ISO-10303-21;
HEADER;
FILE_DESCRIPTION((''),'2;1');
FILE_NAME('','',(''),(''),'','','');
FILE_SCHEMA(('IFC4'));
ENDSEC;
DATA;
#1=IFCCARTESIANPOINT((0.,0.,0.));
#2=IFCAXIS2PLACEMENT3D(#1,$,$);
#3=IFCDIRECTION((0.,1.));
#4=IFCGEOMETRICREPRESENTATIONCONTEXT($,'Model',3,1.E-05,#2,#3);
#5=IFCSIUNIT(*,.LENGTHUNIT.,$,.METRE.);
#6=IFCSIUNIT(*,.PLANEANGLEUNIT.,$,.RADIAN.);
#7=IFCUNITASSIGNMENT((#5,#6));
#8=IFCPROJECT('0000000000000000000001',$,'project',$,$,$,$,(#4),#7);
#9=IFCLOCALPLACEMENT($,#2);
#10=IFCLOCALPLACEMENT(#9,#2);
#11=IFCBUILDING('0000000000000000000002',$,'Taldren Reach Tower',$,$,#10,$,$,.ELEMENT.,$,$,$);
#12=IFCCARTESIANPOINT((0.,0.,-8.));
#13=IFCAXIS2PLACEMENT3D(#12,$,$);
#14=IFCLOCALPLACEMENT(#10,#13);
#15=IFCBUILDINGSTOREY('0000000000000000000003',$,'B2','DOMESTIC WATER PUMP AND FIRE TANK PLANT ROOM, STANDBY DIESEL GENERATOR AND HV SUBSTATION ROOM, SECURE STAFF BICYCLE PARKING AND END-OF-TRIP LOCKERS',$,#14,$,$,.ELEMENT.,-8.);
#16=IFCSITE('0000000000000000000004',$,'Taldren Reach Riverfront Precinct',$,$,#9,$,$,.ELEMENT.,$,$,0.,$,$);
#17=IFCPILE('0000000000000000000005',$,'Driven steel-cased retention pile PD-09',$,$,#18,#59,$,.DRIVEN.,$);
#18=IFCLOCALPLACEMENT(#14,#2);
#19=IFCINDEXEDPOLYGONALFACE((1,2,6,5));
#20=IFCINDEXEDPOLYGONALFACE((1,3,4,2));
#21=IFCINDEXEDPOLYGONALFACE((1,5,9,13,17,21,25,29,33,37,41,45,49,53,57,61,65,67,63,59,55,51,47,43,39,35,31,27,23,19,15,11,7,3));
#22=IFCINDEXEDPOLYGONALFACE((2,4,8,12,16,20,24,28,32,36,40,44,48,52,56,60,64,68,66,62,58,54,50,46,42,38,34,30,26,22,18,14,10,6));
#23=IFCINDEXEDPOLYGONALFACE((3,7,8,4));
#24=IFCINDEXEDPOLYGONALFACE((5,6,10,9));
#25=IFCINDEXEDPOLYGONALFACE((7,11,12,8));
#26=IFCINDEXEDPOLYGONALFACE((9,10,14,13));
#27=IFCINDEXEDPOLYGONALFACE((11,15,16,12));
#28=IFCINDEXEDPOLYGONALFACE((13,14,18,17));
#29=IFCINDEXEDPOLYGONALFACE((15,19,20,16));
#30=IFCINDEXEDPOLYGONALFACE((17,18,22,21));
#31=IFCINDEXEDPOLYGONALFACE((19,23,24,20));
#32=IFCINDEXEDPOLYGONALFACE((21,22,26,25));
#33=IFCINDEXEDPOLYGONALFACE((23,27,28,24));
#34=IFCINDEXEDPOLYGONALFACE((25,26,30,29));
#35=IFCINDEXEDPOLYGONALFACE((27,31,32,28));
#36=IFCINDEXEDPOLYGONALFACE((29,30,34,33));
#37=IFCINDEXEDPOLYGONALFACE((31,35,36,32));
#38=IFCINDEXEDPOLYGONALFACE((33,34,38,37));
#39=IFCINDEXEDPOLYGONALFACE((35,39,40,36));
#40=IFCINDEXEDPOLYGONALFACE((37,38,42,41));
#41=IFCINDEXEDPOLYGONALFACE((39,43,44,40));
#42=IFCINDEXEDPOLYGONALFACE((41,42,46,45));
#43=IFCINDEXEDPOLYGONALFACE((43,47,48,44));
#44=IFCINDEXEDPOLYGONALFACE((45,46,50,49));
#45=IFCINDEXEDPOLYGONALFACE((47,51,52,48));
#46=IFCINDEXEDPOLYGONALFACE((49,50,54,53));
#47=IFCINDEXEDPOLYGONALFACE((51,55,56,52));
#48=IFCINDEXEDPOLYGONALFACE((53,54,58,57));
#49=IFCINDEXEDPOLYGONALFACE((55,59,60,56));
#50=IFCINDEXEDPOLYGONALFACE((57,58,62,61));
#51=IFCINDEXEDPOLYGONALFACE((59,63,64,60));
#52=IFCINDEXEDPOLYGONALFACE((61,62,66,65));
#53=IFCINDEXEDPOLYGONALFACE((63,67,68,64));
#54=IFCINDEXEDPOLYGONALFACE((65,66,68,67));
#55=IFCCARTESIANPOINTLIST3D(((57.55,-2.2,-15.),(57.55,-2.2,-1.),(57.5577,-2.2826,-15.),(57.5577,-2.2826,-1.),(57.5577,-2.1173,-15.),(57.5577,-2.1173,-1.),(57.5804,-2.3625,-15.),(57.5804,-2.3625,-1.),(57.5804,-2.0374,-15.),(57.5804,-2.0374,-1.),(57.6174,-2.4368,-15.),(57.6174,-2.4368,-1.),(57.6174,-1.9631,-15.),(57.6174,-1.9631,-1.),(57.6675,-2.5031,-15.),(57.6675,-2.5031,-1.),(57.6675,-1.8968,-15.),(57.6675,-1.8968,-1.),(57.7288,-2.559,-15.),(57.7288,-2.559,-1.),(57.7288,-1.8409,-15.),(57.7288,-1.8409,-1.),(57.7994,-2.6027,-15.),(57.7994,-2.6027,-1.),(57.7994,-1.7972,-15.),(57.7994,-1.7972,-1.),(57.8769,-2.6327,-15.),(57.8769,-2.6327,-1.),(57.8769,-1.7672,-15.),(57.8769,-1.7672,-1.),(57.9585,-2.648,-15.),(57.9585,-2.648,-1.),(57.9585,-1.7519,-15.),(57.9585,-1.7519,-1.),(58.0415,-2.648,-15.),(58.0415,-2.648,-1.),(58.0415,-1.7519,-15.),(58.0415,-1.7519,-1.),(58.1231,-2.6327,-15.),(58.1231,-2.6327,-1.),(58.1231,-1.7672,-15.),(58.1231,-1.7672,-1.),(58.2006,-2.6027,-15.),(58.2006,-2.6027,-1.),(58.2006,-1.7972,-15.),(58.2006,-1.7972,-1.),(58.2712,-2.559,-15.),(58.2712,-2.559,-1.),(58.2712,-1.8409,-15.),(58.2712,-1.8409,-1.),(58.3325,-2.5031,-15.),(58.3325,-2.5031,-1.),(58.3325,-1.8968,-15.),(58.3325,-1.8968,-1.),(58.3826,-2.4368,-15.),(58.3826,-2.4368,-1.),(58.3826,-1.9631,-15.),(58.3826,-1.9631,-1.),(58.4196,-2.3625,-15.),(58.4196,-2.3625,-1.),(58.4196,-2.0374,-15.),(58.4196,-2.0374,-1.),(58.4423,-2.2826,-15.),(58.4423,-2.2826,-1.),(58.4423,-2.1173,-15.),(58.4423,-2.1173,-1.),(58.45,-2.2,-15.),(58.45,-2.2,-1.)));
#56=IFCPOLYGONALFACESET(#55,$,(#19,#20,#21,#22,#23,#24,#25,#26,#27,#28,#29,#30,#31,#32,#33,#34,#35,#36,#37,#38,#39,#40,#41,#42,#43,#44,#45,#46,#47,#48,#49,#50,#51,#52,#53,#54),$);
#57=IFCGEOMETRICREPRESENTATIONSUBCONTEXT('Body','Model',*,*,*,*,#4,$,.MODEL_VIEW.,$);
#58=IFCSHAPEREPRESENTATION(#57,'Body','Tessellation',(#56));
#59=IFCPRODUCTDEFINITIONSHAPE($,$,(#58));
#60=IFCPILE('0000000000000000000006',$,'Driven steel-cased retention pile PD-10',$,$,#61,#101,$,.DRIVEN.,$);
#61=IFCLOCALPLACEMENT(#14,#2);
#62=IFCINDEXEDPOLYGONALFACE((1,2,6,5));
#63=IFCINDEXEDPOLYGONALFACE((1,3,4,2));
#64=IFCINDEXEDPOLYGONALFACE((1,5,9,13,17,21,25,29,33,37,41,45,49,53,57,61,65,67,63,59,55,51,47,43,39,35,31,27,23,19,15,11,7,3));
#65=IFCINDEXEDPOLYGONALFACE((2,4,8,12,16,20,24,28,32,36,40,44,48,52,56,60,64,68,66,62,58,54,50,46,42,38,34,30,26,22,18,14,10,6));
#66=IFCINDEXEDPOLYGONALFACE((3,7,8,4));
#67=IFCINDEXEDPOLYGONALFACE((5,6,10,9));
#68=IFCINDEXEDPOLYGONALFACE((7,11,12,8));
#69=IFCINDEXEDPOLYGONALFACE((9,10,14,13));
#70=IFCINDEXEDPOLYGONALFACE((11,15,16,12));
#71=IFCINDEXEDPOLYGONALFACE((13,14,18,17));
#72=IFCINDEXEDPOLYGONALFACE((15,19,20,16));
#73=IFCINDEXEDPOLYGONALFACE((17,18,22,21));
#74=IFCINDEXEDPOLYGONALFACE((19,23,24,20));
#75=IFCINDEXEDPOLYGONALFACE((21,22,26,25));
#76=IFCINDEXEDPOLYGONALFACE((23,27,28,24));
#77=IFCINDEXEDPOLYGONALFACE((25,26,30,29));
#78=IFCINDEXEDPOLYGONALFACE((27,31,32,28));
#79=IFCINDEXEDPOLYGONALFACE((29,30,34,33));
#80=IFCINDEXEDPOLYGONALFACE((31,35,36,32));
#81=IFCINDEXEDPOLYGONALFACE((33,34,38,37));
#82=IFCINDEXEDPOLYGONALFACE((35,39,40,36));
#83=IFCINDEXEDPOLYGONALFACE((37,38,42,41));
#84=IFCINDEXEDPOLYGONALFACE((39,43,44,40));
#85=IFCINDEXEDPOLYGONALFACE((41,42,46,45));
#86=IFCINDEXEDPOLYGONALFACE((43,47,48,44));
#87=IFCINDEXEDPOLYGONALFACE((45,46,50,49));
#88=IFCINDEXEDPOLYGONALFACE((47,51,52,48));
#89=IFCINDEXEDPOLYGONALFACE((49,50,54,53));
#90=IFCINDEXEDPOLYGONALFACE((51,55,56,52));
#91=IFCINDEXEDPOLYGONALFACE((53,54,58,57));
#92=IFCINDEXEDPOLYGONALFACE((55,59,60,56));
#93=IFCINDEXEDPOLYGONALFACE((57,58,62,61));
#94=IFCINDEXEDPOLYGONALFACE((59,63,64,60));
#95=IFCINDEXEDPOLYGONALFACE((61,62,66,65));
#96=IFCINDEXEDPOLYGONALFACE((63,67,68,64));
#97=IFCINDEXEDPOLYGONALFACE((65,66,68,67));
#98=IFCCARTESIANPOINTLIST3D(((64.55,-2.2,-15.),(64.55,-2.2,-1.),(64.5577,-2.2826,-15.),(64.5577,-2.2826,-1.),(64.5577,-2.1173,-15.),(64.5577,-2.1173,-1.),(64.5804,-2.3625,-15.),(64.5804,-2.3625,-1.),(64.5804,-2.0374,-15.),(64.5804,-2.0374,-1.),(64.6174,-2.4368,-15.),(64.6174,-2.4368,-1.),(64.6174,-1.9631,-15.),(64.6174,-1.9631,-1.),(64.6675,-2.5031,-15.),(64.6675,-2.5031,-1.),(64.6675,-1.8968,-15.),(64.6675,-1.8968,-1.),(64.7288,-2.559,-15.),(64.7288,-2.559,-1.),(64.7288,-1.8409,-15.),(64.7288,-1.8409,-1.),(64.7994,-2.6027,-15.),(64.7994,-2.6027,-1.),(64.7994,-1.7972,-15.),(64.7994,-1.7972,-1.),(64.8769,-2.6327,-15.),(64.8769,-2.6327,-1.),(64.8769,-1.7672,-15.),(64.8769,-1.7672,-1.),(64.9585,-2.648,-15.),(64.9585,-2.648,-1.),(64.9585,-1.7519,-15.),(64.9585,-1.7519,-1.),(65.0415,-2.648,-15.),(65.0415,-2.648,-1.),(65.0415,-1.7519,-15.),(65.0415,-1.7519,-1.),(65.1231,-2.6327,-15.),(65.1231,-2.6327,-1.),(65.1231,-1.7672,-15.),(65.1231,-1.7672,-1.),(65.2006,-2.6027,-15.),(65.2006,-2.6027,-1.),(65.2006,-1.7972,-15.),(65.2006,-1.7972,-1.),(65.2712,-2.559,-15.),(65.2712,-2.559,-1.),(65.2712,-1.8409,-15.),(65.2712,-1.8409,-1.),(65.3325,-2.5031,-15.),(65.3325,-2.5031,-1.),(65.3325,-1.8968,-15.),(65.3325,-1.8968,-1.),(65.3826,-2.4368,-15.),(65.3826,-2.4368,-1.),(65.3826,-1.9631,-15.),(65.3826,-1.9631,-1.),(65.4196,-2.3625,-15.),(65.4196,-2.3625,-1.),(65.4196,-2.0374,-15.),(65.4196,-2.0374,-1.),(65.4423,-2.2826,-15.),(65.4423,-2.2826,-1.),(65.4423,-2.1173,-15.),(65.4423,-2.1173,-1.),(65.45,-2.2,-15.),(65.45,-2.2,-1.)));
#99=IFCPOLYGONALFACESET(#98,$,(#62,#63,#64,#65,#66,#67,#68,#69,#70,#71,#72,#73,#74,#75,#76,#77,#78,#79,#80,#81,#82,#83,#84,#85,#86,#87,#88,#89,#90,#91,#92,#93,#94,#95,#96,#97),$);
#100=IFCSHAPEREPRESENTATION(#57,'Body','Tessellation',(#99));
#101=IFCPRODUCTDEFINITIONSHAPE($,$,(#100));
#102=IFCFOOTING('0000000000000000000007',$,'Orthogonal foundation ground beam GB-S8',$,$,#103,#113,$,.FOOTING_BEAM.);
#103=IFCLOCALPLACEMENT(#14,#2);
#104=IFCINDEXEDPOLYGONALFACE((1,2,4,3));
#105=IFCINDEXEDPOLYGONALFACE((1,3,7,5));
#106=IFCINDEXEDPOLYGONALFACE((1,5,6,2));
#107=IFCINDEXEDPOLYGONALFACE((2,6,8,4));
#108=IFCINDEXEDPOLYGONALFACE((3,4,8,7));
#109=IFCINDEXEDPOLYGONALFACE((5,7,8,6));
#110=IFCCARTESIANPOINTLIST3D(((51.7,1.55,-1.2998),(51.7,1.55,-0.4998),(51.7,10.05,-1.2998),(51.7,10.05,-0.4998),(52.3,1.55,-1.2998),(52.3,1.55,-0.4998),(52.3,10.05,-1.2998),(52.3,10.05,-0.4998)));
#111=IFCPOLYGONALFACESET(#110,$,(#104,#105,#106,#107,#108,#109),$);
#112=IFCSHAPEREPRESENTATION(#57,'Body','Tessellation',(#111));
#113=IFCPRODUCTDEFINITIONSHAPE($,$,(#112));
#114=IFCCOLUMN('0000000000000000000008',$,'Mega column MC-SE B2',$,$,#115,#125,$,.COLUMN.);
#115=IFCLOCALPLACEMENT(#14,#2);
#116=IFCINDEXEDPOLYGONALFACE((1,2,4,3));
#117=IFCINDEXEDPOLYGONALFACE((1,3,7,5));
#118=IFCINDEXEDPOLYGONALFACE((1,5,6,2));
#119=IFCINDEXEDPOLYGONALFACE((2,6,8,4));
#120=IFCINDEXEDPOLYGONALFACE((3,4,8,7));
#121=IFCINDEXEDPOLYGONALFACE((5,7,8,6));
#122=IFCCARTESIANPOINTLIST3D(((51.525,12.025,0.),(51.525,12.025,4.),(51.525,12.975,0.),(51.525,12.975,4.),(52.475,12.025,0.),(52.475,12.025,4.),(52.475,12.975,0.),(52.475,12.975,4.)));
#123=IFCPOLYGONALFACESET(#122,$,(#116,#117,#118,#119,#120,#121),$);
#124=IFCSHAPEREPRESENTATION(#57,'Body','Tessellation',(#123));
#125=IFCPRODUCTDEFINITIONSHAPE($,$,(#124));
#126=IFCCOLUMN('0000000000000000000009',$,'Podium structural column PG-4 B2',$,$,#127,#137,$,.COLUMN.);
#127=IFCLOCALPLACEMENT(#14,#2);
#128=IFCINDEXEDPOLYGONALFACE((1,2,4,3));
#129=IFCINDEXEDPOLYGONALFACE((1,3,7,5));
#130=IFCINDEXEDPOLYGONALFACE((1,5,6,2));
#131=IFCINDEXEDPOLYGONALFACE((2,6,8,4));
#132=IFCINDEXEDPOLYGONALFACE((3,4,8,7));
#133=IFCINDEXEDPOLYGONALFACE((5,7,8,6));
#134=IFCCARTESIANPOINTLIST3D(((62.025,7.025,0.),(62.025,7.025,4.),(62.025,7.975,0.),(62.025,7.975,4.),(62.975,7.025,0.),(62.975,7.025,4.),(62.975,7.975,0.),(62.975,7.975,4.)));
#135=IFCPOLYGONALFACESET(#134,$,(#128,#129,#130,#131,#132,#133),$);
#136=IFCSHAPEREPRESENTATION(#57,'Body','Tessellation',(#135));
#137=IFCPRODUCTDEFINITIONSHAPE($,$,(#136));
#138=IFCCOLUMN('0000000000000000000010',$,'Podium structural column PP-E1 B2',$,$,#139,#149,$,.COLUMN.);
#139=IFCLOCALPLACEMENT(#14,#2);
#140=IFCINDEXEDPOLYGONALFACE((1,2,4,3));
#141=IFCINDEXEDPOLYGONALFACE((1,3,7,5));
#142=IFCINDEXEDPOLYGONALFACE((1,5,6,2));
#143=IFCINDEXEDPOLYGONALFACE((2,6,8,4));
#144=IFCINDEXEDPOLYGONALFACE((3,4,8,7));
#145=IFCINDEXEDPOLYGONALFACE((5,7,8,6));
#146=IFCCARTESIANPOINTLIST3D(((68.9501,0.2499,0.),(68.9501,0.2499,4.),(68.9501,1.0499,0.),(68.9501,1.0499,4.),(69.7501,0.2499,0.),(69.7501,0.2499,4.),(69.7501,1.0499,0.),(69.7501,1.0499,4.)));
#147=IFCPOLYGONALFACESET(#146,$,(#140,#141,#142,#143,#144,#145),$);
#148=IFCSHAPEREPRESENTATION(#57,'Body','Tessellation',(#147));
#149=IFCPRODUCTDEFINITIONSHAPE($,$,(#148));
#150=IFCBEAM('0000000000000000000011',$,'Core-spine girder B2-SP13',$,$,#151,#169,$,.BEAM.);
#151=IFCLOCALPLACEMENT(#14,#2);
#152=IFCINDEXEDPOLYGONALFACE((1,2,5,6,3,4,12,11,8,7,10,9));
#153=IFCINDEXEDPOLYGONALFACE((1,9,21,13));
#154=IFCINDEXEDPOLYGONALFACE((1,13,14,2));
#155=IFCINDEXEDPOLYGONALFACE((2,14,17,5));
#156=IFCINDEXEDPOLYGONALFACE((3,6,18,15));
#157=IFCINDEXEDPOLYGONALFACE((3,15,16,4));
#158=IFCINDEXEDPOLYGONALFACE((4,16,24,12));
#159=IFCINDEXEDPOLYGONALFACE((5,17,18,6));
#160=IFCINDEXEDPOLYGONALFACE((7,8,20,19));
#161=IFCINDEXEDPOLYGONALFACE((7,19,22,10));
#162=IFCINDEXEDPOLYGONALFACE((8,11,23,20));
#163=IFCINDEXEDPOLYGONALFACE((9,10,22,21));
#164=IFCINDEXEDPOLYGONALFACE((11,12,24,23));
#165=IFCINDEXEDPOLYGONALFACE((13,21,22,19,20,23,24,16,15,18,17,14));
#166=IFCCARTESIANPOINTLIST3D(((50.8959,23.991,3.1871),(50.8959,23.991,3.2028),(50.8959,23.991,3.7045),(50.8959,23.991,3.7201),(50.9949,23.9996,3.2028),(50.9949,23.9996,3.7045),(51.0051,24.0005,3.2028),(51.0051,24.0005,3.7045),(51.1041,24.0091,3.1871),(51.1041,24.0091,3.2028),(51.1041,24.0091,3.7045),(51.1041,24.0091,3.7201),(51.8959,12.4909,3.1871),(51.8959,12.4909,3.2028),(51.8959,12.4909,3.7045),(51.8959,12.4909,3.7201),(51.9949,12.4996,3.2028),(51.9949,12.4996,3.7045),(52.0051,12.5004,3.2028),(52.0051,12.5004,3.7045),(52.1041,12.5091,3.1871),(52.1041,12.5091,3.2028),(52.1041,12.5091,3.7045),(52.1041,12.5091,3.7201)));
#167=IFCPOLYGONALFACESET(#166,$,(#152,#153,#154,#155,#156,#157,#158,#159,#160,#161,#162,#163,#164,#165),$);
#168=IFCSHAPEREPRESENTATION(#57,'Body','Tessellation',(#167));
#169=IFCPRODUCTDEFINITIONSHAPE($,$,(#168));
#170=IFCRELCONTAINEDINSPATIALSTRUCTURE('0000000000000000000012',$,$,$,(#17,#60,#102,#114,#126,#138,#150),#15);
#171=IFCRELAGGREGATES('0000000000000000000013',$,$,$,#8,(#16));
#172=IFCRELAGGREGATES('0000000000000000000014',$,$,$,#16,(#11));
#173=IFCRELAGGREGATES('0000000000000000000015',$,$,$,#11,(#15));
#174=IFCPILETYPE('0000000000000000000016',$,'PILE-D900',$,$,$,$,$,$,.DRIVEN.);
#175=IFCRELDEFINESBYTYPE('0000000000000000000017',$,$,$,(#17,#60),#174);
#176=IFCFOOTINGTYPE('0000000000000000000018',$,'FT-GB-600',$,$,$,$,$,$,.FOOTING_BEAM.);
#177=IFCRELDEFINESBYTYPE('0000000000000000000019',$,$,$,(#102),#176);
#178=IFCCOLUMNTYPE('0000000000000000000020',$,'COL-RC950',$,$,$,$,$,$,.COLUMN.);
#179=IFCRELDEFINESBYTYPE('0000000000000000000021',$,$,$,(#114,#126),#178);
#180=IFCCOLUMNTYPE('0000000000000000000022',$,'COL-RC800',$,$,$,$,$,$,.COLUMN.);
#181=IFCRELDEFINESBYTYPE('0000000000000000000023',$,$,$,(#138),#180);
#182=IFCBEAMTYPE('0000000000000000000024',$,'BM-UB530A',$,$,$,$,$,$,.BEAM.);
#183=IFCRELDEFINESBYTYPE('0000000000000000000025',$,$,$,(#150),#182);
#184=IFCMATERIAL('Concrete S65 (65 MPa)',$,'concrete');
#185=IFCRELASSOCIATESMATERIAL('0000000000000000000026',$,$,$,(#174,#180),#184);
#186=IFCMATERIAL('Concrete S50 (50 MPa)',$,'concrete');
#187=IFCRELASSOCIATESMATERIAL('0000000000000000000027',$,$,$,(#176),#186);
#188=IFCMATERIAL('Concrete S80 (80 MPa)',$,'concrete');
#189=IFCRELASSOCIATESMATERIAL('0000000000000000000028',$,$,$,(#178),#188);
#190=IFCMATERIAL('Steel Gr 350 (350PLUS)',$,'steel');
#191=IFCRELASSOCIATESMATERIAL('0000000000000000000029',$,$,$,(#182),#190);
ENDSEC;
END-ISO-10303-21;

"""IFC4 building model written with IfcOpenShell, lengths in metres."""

from ifc_helpers import new_model, si_unit, direction, frame, origin, origin_2d, place, context, subcontext, project, spatial, rectangle, circle, i_section, extrude, source, transform, mapped, material, material_profile, profile_set, type_object, element, save


model = new_model("IFC4")

# Units and contexts
model_context = context("Model", 3, precision=1e-05, world=origin(), true_north=direction((0.0, 1.0)))
body_context = subcontext(model_context, "Body", "Model", "MODEL_VIEW")
ifc_project = project(units=[si_unit("LENGTHUNIT", "METRE"), si_unit("PLANEANGLEUNIT", "RADIAN")], contexts=[model_context])

# Site, building, storey
site_placement = place(None, origin())
site = spatial("IfcSite", under=ifc_project, at=site_placement, Name="Taldren Reach Riverfront Precinct", CompositionType="ELEMENT", RefElevation=0.0)
building_placement = place(site_placement, origin())
building = spatial("IfcBuilding", under=site, at=building_placement, Name="Taldren Reach Tower", CompositionType="ELEMENT")
storey_placement = place(building_placement, frame((0.0, 0.0, -8.0)))
storey = spatial("IfcBuildingStorey", under=building, at=storey_placement, Name="B2", Description="DOMESTIC WATER PUMP AND FIRE TANK PLANT ROOM, STANDBY DIESEL GENERATOR AND HV SUBSTATION ROOM, SECURE STAFF BICYCLE PARKING AND END-OF-TRIP LOCKERS", CompositionType="ELEMENT", Elevation=-8.0)

# Shared definitions
ifc_material_1 = material(Name="Concrete S65 (65 MPa)", Category="concrete")

# Shared definitions
ifc_material_2 = material(Name="Concrete S50 (50 MPa)", Category="concrete")

# Piles
ifc_material_profile_1 = material_profile(ifc_material_1, circle(Radius=0.45, at=origin_2d()), Name="PD-900")
ifc_profile_set_1 = profile_set([ifc_material_profile_1], Name="Concrete S65 (65 MPa)")
pile_type_1 = type_object("IfcPileType", Name="PILE-D900", PredefinedType="DRIVEN", material=ifc_profile_set_1)
shared_shape_1 = source(origin(), body_context, "Body", "SweptSolid", [
    extrude(circle(Radius=0.45, at=origin_2d()), origin(), (0.0, 0.0, 1.0), 14.0),
])
for number, where, z_axis, x_axis, name in (
    (1, (58.0, -2.2, -1.0), (0.0, 0.0, -1.0), (1.0, 0.0, 0.0), "Driven steel-cased retention pile PD-09"),
    (2, (65.0, -2.2, -1.0), (0.0, 0.0, -1.0), (1.0, 0.0, 0.0), "Driven steel-cased retention pile PD-10"),
):
    element("IfcPile", number, at=place(storey_placement, frame(where, z_axis=z_axis, x_axis=x_axis)), inside=storey, type_object=pile_type_1, Name=name, PredefinedType="DRIVEN", context=body_context, shape_type="MappedRepresentation", body=[
        mapped(shared_shape_1, transform((0.0, 0.0, 0.0), scale=1.0)),
    ])

# Footing
footing_type_1 = type_object("IfcFootingType", Name="FT-GB-600", PredefinedType="FOOTING_BEAM", material=ifc_material_2)
shared_shape_2 = source(origin(), body_context, "Body", "SweptSolid", [
    extrude(rectangle(XDim=8.5, YDim=0.6001, at=origin_2d()), origin(), (0.0, 0.0, 1.0), 0.8),
])
footing_1_placement = place(storey_placement, frame((52.0, 5.8, -1.2998), z_axis=(0.0, 0.0, 1.0), x_axis=(0.0, 1.0, 0.0)))
element("IfcFooting", 3, at=footing_1_placement, inside=storey, type_object=footing_type_1, Name="Orthogonal foundation ground beam GB-S8", PredefinedType="FOOTING_BEAM", context=body_context, shape_type="MappedRepresentation", body=[
    mapped(shared_shape_2, transform((0.0, 0.0, 0.0), scale=1.0)),
])

# Columns
ifc_material_3 = material(Name="Concrete S80 (80 MPa)", Category="concrete")
ifc_material_profile_2 = material_profile(ifc_material_3, rectangle(XDim=0.95, YDim=0.95, at=origin_2d()), Name="RC-950x950")
ifc_profile_set_2 = profile_set([ifc_material_profile_2], Name="Concrete S80 (80 MPa)")
column_type_1 = type_object("IfcColumnType", Name="COL-RC950", PredefinedType="COLUMN", material=ifc_profile_set_2)
shared_shape_3 = source(origin(), body_context, "Body", "SweptSolid", [
    extrude(rectangle(XDim=0.95, YDim=0.95, at=origin_2d()), origin(), (0.0, 0.0, 1.0), 4.0),
])
for number, where, z_axis, x_axis, name in (
    (4, (52.0, 12.5, 0.0), (0.0, 0.0, 1.0), (1.0, 0.0, 0.0), "Mega column MC-SE B2"),
    (5, (62.5, 7.5, 0.0), (0.0, 0.0, 1.0), (1.0, 0.0, 0.0), "Podium structural column PG-4 B2"),
):
    element("IfcColumn", number, at=place(storey_placement, frame(where, z_axis=z_axis, x_axis=x_axis)), inside=storey, type_object=column_type_1, Name=name, PredefinedType="COLUMN", context=body_context, shape_type="MappedRepresentation", body=[
        mapped(shared_shape_3, transform((0.0, 0.0, 0.0), scale=1.0)),
    ])
ifc_material_profile_3 = material_profile(ifc_material_1, rectangle(XDim=0.8, YDim=0.8, at=origin_2d()), Name="RC-800x800")
ifc_profile_set_3 = profile_set([ifc_material_profile_3], Name="Concrete S65 (65 MPa)")
column_type_2 = type_object("IfcColumnType", Name="COL-RC800", PredefinedType="COLUMN", material=ifc_profile_set_3)
shared_shape_4 = source(origin(), body_context, "Body", "SweptSolid", [
    extrude(rectangle(XDim=0.8, YDim=0.8, at=origin_2d()), origin(), (0.0, 0.0, 1.0), 4.0),
])
column_placement = place(storey_placement, frame((69.3501, 0.6499, 0.0), z_axis=(0.0, 0.0, 1.0), x_axis=(1.0, 0.0, 0.0)))
element("IfcColumn", 6, at=column_placement, inside=storey, type_object=column_type_2, Name="Podium structural column PP-E1 B2", PredefinedType="COLUMN", context=body_context, shape_type="MappedRepresentation", body=[
    mapped(shared_shape_4, transform((0.0, 0.0, 0.0), scale=1.0)),
])

# Beam
ifc_material_4 = material(Name="Steel Gr 350 (350PLUS)", Category="steel")
ifc_material_profile_4 = material_profile(ifc_material_4, i_section(OverallWidth=0.209, OverallDepth=0.533, WebThickness=0.0103, FlangeThickness=0.0156, at=origin_2d()), Name="530UB92.4")
ifc_profile_set_4 = profile_set([ifc_material_profile_4], Name="Steel Gr 350 (350PLUS)")
beam_type_1 = type_object("IfcBeamType", Name="BM-UB530A", PredefinedType="BEAM", material=ifc_profile_set_4)
shared_shape_5 = source(origin(), body_context, "Body", "SweptSolid", [
    extrude(i_section(OverallWidth=0.209, OverallDepth=0.533, WebThickness=0.0103, FlangeThickness=0.0156, at=origin_2d()), origin(), (0.0, 0.0, 1.0), 11.5435),
])
beam_1_placement = place(storey_placement, frame((52.0, 12.5, 3.4536), z_axis=(-0.08663, 0.996241, 0.0), x_axis=(-0.996241, -0.08663, 0.0)))
element("IfcBeam", 7, at=beam_1_placement, inside=storey, type_object=beam_type_1, Name="Core-spine girder B2-SP13", PredefinedType="BEAM", context=body_context, shape_type="MappedRepresentation", body=[
    mapped(shared_shape_5, transform((0.0, 0.0, 0.0), scale=1.0)),
])

save(model, "model.ifc")
